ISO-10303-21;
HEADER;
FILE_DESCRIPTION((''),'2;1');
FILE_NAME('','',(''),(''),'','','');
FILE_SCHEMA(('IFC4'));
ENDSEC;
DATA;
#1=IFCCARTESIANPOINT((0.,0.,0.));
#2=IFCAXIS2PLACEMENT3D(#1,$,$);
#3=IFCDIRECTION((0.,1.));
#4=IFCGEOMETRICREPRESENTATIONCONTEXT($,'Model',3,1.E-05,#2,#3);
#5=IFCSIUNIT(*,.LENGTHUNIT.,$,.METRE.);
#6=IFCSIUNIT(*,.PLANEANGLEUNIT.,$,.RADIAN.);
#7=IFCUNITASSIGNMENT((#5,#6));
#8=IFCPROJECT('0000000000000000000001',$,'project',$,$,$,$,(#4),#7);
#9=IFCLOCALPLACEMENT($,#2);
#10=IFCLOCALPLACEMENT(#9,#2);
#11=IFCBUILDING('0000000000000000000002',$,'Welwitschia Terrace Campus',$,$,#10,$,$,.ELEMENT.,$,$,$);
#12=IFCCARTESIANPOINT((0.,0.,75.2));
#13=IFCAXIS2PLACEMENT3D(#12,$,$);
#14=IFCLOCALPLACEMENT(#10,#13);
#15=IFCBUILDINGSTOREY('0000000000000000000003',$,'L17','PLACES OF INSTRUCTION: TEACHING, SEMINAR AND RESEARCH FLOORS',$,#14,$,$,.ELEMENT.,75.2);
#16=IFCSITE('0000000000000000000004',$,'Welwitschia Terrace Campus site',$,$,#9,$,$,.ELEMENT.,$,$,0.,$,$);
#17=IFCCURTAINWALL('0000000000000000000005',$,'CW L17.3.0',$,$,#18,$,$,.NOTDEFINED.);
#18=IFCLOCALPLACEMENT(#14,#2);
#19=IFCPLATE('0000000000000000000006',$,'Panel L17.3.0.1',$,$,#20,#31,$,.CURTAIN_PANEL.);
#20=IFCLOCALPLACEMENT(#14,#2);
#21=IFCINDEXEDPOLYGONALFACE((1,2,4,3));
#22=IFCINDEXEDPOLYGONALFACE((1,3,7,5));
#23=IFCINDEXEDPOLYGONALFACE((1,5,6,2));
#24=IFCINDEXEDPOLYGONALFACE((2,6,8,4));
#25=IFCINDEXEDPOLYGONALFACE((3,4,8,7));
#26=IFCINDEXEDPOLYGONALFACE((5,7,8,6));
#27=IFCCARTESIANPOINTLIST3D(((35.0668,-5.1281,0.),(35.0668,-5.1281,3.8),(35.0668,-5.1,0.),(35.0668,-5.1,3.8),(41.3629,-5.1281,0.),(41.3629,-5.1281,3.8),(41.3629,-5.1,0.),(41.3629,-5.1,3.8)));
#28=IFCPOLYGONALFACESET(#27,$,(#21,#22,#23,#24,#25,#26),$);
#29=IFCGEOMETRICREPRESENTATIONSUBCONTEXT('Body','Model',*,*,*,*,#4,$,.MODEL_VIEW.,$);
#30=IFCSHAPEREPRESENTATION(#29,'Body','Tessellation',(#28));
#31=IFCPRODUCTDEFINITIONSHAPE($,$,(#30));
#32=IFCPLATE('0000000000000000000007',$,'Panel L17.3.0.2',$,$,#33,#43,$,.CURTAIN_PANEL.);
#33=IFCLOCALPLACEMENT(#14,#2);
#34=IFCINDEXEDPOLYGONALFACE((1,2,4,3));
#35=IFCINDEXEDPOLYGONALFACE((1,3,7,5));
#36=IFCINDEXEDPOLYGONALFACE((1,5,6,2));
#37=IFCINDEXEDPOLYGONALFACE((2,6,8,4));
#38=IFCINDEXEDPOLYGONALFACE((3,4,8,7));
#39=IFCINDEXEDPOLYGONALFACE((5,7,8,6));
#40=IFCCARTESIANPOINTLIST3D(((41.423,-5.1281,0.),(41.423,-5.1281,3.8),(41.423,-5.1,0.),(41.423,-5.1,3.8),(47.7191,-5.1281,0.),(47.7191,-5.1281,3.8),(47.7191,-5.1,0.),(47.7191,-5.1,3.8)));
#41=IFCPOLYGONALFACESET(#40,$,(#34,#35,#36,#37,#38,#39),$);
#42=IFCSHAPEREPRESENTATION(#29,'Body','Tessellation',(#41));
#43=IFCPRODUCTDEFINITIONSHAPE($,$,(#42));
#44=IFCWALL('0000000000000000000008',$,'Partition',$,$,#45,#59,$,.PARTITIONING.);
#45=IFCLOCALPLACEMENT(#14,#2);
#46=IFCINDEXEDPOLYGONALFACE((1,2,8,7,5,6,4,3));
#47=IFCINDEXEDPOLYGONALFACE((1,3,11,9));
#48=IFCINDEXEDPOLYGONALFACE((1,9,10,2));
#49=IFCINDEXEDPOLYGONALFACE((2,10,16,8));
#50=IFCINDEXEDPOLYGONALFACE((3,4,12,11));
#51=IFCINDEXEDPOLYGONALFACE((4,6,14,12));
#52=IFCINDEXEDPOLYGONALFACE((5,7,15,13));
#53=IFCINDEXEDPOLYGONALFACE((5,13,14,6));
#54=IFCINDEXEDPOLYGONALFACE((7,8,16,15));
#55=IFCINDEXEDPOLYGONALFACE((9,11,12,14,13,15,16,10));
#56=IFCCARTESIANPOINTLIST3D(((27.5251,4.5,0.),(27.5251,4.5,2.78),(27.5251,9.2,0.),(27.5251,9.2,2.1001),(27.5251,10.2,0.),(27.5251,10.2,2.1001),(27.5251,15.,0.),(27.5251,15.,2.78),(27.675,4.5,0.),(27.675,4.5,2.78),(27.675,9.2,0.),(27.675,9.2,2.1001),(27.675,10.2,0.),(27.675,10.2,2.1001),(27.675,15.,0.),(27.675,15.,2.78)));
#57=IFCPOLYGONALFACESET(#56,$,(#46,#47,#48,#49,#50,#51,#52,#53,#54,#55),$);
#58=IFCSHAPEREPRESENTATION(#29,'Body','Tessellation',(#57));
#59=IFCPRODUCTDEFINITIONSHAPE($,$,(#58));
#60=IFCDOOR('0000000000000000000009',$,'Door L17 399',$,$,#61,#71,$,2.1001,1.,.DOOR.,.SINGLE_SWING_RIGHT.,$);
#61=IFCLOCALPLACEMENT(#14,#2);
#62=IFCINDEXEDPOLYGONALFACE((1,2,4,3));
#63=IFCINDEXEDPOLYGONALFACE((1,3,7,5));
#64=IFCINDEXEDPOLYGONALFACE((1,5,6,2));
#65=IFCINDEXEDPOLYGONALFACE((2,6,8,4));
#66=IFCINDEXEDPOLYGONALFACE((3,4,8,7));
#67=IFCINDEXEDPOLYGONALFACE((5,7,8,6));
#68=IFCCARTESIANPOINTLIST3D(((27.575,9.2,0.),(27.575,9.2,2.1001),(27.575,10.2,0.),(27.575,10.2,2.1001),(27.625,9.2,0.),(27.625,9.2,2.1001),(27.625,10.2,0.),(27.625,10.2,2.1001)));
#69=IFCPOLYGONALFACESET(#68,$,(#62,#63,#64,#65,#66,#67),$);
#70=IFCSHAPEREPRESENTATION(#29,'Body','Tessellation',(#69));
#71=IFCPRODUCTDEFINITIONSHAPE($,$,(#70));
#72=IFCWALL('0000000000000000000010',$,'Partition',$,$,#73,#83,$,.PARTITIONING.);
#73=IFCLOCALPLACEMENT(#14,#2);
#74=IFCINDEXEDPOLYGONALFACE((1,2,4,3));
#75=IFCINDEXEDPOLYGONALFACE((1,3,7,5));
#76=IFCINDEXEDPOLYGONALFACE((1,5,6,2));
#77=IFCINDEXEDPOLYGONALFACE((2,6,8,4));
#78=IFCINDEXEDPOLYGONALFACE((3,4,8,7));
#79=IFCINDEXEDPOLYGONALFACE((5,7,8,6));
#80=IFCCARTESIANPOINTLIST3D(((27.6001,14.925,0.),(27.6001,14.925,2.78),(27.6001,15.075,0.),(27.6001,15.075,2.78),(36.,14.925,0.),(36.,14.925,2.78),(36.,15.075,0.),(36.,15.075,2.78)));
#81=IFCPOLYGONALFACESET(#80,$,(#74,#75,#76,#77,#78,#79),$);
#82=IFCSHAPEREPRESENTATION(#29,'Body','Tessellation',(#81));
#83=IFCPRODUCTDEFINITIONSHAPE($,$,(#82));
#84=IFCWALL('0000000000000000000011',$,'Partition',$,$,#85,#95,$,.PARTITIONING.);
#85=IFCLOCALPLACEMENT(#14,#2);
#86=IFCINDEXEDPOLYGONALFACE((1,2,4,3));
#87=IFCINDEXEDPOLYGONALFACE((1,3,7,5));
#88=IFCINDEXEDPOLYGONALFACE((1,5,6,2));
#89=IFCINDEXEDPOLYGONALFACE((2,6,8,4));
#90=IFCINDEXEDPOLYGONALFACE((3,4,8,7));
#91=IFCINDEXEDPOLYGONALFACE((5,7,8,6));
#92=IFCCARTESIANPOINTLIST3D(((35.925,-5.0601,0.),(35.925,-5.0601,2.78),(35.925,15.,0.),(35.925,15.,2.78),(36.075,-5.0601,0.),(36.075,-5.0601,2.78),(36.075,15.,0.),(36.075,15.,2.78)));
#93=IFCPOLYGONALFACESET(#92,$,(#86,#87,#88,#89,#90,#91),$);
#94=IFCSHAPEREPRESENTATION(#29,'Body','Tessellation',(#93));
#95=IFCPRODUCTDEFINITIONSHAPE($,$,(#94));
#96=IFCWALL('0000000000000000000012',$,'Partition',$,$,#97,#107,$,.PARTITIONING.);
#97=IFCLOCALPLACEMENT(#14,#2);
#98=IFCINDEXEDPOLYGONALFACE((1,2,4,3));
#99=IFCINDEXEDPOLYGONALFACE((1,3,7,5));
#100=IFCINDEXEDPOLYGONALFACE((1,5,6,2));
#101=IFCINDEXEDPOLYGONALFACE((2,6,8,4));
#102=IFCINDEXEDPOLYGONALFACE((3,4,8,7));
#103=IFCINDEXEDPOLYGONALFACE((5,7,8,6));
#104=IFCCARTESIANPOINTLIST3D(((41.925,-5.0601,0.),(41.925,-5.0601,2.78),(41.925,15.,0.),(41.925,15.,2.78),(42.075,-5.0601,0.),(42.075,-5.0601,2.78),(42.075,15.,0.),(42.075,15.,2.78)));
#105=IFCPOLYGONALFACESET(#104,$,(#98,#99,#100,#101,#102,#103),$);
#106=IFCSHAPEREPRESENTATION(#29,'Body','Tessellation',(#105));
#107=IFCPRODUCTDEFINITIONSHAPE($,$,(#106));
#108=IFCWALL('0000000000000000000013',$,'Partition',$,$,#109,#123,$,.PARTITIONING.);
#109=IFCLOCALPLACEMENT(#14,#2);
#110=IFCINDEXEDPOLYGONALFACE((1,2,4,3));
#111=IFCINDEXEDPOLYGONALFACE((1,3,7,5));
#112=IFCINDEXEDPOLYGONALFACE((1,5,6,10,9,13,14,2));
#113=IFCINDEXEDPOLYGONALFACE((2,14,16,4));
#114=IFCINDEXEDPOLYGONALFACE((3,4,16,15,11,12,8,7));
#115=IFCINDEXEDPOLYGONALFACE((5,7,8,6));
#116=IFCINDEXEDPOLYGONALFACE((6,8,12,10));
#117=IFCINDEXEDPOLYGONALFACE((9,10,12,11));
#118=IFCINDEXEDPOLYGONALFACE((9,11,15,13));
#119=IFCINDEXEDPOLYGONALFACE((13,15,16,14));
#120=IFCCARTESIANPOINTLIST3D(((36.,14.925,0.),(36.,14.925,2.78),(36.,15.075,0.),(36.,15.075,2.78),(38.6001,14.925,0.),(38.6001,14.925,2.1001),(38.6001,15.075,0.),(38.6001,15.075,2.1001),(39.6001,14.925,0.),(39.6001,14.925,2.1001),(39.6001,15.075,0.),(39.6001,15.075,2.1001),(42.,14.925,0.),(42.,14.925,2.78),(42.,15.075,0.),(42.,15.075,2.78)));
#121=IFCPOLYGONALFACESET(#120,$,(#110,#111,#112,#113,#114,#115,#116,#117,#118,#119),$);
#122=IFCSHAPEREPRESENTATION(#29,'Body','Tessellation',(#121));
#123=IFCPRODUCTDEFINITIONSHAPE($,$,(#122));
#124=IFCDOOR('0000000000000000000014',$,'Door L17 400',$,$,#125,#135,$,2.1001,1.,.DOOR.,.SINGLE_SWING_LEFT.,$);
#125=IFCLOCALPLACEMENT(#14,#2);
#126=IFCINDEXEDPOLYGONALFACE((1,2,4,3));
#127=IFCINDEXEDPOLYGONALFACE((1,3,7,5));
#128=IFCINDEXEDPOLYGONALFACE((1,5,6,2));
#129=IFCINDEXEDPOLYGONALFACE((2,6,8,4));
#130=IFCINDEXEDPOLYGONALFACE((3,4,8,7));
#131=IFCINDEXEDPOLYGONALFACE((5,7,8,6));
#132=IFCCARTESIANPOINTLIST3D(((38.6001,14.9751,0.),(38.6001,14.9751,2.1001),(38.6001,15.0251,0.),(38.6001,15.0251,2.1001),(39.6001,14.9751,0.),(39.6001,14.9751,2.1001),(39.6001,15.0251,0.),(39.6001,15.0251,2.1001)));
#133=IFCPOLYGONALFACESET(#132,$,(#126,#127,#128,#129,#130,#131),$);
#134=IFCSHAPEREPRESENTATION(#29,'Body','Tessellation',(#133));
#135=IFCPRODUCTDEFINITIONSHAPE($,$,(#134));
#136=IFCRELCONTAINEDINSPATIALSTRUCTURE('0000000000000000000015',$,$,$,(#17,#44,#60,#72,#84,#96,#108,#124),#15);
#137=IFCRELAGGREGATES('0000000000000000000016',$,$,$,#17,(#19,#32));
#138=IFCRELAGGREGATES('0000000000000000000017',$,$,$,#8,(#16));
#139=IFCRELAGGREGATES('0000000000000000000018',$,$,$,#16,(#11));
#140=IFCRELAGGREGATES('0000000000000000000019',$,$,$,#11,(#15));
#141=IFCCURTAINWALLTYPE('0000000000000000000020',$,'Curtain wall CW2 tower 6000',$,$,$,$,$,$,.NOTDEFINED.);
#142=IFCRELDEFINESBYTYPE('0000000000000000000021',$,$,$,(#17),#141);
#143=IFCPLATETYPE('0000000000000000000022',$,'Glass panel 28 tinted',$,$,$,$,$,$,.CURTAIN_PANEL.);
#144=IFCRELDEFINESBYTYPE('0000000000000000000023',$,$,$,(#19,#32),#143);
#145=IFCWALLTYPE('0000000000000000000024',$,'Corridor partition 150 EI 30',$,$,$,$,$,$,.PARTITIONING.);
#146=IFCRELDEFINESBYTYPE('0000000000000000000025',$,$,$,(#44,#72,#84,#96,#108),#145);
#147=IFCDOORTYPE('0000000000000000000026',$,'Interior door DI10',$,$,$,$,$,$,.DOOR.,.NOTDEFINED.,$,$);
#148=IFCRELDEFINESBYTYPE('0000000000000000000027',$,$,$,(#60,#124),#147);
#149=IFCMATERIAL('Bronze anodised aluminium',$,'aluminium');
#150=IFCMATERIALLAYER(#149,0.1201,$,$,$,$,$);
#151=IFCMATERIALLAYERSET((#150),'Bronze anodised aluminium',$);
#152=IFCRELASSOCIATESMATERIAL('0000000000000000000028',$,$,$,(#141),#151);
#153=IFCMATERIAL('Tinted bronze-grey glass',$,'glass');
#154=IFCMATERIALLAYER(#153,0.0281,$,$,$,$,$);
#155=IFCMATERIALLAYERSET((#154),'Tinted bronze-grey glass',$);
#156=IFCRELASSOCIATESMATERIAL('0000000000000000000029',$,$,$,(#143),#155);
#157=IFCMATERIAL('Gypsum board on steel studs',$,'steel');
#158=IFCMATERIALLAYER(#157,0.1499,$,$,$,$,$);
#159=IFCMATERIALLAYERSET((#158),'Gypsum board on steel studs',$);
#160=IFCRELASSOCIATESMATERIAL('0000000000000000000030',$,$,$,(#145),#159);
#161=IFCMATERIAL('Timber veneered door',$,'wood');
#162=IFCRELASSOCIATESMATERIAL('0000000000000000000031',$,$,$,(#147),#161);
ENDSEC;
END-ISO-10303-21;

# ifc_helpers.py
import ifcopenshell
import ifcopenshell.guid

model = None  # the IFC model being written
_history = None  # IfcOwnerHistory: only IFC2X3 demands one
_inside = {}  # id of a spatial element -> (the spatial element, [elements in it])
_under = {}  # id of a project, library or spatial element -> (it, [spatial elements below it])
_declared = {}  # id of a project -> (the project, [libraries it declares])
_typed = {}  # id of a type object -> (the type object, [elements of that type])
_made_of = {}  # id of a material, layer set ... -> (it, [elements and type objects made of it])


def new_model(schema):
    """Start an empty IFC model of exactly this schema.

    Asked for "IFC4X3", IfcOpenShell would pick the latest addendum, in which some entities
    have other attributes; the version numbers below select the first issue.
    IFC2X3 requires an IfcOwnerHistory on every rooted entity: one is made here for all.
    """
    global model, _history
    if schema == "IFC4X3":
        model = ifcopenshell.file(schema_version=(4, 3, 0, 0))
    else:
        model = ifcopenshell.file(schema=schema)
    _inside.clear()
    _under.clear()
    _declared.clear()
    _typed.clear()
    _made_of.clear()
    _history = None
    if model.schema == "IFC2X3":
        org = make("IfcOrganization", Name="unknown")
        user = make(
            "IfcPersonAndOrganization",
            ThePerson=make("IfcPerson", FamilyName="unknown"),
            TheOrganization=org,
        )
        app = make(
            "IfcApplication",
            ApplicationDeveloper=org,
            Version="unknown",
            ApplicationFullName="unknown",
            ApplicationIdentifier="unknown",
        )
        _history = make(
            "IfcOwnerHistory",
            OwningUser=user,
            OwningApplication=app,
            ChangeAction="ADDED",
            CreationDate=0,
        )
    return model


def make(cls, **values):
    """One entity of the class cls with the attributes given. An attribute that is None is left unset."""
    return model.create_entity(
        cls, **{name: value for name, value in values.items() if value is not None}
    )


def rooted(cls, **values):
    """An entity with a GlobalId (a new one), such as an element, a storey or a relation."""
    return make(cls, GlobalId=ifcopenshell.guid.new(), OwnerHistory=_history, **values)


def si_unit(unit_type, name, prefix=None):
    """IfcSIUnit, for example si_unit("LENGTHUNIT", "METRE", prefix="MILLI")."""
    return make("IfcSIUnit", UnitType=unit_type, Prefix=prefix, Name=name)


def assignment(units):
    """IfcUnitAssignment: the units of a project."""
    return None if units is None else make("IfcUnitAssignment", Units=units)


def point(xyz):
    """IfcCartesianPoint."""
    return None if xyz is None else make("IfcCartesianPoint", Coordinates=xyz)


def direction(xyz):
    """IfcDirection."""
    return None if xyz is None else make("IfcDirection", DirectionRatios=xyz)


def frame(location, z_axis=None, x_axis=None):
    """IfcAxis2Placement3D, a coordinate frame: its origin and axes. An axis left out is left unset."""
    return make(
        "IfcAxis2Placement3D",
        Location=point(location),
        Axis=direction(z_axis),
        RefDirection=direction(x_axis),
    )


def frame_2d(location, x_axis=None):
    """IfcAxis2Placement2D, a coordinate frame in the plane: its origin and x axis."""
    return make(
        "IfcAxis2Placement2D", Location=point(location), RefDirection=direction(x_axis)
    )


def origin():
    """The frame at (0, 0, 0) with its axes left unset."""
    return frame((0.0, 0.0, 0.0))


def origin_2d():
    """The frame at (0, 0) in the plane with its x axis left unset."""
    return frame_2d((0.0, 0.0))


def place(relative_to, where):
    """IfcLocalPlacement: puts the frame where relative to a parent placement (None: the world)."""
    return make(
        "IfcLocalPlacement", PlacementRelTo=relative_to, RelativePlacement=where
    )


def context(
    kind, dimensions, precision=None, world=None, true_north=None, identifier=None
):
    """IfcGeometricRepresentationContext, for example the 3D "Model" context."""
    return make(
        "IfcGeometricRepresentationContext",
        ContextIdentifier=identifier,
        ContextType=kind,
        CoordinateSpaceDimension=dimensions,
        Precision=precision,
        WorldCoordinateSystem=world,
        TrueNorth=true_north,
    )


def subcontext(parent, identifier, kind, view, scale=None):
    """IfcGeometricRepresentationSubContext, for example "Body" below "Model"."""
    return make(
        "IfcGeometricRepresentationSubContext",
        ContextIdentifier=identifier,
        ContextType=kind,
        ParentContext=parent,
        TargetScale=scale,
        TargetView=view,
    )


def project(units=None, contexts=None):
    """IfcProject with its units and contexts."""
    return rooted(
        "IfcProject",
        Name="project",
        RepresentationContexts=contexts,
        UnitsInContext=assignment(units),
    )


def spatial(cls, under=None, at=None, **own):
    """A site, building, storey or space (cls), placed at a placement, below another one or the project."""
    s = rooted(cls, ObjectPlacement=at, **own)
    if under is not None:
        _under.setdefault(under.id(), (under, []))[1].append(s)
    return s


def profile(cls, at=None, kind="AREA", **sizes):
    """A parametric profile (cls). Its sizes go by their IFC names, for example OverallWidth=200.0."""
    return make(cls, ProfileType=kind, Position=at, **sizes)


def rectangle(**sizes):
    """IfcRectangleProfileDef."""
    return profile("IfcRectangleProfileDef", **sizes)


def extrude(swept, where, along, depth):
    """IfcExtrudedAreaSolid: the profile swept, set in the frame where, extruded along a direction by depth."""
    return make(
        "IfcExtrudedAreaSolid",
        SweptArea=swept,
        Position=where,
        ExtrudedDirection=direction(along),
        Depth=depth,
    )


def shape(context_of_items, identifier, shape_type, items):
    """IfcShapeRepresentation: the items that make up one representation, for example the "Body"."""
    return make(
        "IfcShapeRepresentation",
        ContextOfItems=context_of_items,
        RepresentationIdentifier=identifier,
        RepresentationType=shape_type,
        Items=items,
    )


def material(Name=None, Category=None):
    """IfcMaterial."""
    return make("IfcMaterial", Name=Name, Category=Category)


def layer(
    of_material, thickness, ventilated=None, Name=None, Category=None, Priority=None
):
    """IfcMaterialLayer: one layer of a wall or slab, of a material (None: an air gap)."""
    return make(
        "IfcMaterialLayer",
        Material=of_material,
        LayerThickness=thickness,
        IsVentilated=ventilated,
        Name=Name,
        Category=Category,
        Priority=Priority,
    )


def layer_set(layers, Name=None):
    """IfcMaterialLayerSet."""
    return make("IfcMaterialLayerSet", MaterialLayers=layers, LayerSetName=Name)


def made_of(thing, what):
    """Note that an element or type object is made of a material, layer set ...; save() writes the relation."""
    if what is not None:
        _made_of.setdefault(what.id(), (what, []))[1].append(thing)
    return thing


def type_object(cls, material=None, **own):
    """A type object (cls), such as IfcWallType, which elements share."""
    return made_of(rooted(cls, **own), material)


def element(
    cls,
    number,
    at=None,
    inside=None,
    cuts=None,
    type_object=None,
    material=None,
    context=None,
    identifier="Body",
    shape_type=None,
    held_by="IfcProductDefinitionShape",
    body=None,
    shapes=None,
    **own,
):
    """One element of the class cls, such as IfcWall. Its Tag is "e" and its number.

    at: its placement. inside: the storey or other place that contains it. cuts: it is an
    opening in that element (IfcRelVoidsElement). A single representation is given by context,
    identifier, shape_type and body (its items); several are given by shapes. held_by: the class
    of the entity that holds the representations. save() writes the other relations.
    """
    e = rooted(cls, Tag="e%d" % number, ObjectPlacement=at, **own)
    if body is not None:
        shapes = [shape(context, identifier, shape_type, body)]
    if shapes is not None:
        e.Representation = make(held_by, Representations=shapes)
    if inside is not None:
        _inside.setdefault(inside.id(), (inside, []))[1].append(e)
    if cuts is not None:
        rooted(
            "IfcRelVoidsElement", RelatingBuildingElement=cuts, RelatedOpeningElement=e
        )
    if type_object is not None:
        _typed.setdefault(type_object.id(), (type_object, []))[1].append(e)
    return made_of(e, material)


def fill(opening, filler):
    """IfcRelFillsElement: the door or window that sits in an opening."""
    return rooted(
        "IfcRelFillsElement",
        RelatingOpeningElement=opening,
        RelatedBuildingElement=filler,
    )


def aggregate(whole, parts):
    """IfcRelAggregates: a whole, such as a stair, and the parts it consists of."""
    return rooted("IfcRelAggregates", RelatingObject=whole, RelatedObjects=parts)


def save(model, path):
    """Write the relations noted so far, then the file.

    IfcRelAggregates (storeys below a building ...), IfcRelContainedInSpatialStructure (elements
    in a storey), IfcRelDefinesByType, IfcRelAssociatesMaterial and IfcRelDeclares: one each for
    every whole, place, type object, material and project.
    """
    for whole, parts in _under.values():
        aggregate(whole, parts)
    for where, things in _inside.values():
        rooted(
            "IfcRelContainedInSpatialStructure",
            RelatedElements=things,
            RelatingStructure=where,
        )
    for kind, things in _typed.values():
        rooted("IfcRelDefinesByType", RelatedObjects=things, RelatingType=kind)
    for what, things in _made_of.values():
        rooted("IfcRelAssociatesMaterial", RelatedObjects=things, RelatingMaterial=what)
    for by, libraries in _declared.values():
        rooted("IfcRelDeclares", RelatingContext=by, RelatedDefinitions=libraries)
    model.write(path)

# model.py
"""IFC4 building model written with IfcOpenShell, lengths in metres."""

from ifc_helpers import new_model, si_unit, direction, frame, frame_2d, origin, origin_2d, place, context, subcontext, project, spatial, rectangle, extrude, material, layer, layer_set, type_object, element, fill, aggregate, save


model = new_model("IFC4")

# Units and contexts
model_context = context("Model", 3, precision=1e-05, world=origin(), true_north=direction((0.0, 1.0)))
body_context = subcontext(model_context, "Body", "Model", "MODEL_VIEW")
ifc_project = project(units=[si_unit("LENGTHUNIT", "METRE"), si_unit("PLANEANGLEUNIT", "RADIAN")], contexts=[model_context])

# Site, building, storey
site_placement = place(None, origin())
site = spatial("IfcSite", under=ifc_project, at=site_placement, Name="Welwitschia Terrace Campus site", CompositionType="ELEMENT", RefElevation=0.0)
building_placement = place(site_placement, origin())
building = spatial("IfcBuilding", under=site, at=building_placement, Name="Welwitschia Terrace Campus", CompositionType="ELEMENT")
storey_placement = place(building_placement, frame((0.0, 0.0, 75.2)))
storey = spatial("IfcBuildingStorey", under=building, at=storey_placement, Name="L17", Description="PLACES OF INSTRUCTION: TEACHING, SEMINAR AND RESEARCH FLOORS", CompositionType="ELEMENT", Elevation=75.2)

# Shared definitions
ifc_material_1 = material(Name="Bronze anodised aluminium", Category="aluminium")
ifc_layer_1 = layer(ifc_material_1, 0.1201)
ifc_layer_set_1 = layer_set([ifc_layer_1], Name="Bronze anodised aluminium")
curtain_wall_type = type_object("IfcCurtainWallType", Name="Curtain wall CW2 tower 6000", PredefinedType="NOTDEFINED", material=ifc_layer_set_1)

# Curtain wall
curtain_wall_1_placement = place(storey_placement, origin())
curtain_wall_1 = element("IfcCurtainWall", 1, at=curtain_wall_1_placement, inside=storey, type_object=curtain_wall_type, Name="CW L17.3.0", PredefinedType="NOTDEFINED")

# Plates
ifc_material_2 = material(Name="Tinted bronze-grey glass", Category="glass")
ifc_layer_2 = layer(ifc_material_2, 0.0281)
ifc_layer_set_2 = layer_set([ifc_layer_2], Name="Tinted bronze-grey glass")
plate_type = type_object("IfcPlateType", Name="Glass panel 28 tinted", PredefinedType="CURTAIN_PANEL", material=ifc_layer_set_2)
plate_1_placement = place(storey_placement, frame((38.2148, -5.114, 0.0), z_axis=(0.0, 0.0, 1.0), x_axis=(1.0, 0.0, 0.0)))
plate_1 = element("IfcPlate", 2, at=plate_1_placement, type_object=plate_type, Name="Panel L17.3.0.1", PredefinedType="CURTAIN_PANEL", context=body_context, shape_type="SweptSolid", body=[
    extrude(rectangle(XDim=6.2961, YDim=0.0281, at=origin_2d()), origin(), (0.0, 0.0, 1.0), 3.8),
])
plate_2_placement = place(storey_placement, frame((44.571, -5.114, 0.0), z_axis=(0.0, 0.0, 1.0), x_axis=(1.0, 0.0, 0.0)))
plate_2 = element("IfcPlate", 3, at=plate_2_placement, type_object=plate_type, Name="Panel L17.3.0.2", PredefinedType="CURTAIN_PANEL", context=body_context, shape_type="SweptSolid", body=[
    extrude(rectangle(XDim=6.2961, YDim=0.0281, at=origin_2d()), origin(), (0.0, 0.0, 1.0), 3.8),
])
aggregate(curtain_wall_1, [plate_1, plate_2])

# Wall, opening, door
ifc_material_3 = material(Name="Gypsum board on steel studs", Category="steel")
ifc_layer_3 = layer(ifc_material_3, 0.1499)
ifc_layer_set_3 = layer_set([ifc_layer_3], Name="Gypsum board on steel studs")
wall_type = type_object("IfcWallType", Name="Corridor partition 150 EI 30", PredefinedType="PARTITIONING", material=ifc_layer_set_3)
wall_1_placement = place(storey_placement, frame((27.6001, 15.0, 0.0), z_axis=(0.0, 0.0, 1.0), x_axis=(0.0, -1.0, 0.0)))
wall_1 = element("IfcWall", 4, at=wall_1_placement, inside=storey, type_object=wall_type, Name="Partition", PredefinedType="PARTITIONING", context=body_context, shape_type="SweptSolid", body=[
    extrude(rectangle(XDim=10.5, YDim=0.1499, at=frame_2d((5.25, 0.0))), origin(), (0.0, 0.0, 1.0), 2.78),
])
opening_1_placement = place(wall_1_placement, frame((4.8, 0.0, 0.0)))
opening_1 = element("IfcOpeningElement", 5, at=opening_1_placement, cuts=wall_1, PredefinedType="OPENING", context=body_context, shape_type="SweptSolid", body=[
    extrude(rectangle(XDim=1.0, YDim=2.1001, at=frame_2d((0.5, 1.05))), frame((0.0, 0.085, 0.0), z_axis=(0.0, -1.0, 0.0), x_axis=(1.0, 0.0, 0.0)), (0.0, 0.0, 1.0), 0.1699),
])
ifc_material_4 = material(Name="Timber veneered door", Category="wood")
door_type = type_object("IfcDoorType", Name="Interior door DI10", OperationType="NOTDEFINED", PredefinedType="DOOR", material=ifc_material_4)
door_1_placement = place(opening_1_placement, origin())
door_1 = element("IfcDoor", 6, at=door_1_placement, inside=storey, type_object=door_type, Name="Door L17 399", OperationType="SINGLE_SWING_RIGHT", OverallHeight=2.1001, OverallWidth=1.0, PredefinedType="DOOR", context=body_context, shape_type="SweptSolid", body=[
    extrude(rectangle(XDim=1.0, YDim=2.1001, at=frame_2d((0.5, 1.05))), frame((0.0, 0.0249, 0.0), z_axis=(0.0, -1.0, 0.0), x_axis=(1.0, 0.0, 0.0)), (0.0, 0.0, 1.0), 0.05),
])
fill(opening_1, door_1)

# Walls
wall_2_placement = place(storey_placement, frame((27.6001, 15.0, 0.0), z_axis=(0.0, 0.0, 1.0), x_axis=(1.0, 0.0, 0.0)))
element("IfcWall", 7, at=wall_2_placement, inside=storey, type_object=wall_type, Name="Partition", PredefinedType="PARTITIONING", context=body_context, shape_type="SweptSolid", body=[
    extrude(rectangle(XDim=8.3999, YDim=0.1499, at=frame_2d((4.2, 0.0))), origin(), (0.0, 0.0, 1.0), 2.78),
])
for number, where, z_axis, x_axis, name in (
    (8, (36.0, -5.0601, 0.0), (0.0, 0.0, 1.0), (0.0, 1.0, 0.0), "Partition"),
    (9, (42.0, -5.0601, 0.0), (0.0, 0.0, 1.0), (0.0, 1.0, 0.0), "Partition"),
):
    element("IfcWall", number, at=place(storey_placement, frame(where, z_axis=z_axis, x_axis=x_axis)), inside=storey, type_object=wall_type, Name=name, PredefinedType="PARTITIONING", context=body_context, shape_type="SweptSolid", body=[
        extrude(rectangle(XDim=20.0601, YDim=0.1499, at=frame_2d((10.03, 0.0))), origin(), (0.0, 0.0, 1.0), 2.78),
    ])

# Wall, opening, door
wall_3_placement = place(storey_placement, frame((42.0, 15.0, 0.0), z_axis=(0.0, 0.0, 1.0), x_axis=(-1.0, 0.0, 0.0)))
wall_3 = element("IfcWall", 10, at=wall_3_placement, inside=storey, type_object=wall_type, Name="Partition", PredefinedType="PARTITIONING", context=body_context, shape_type="SweptSolid", body=[
    extrude(rectangle(XDim=6.0, YDim=0.1499, at=frame_2d((3.0, 0.0))), origin(), (0.0, 0.0, 1.0), 2.78),
])
opening_2_placement = place(wall_3_placement, frame((2.3999, 0.0, 0.0)))
opening_2 = element("IfcOpeningElement", 11, at=opening_2_placement, cuts=wall_3, PredefinedType="OPENING", context=body_context, shape_type="SweptSolid", body=[
    extrude(rectangle(XDim=1.0, YDim=2.1001, at=frame_2d((0.5, 1.05))), frame((0.0, 0.085, 0.0), z_axis=(0.0, -1.0, 0.0), x_axis=(1.0, 0.0, 0.0)), (0.0, 0.0, 1.0), 0.1699),
])
door_2_placement = place(opening_2_placement, origin())
door_2 = element("IfcDoor", 12, at=door_2_placement, inside=storey, type_object=door_type, Name="Door L17 400", OperationType="SINGLE_SWING_LEFT", OverallHeight=2.1001, OverallWidth=1.0, PredefinedType="DOOR", context=body_context, shape_type="SweptSolid", body=[
    extrude(rectangle(XDim=1.0, YDim=2.1001, at=frame_2d((0.5, 1.05))), frame((0.0, 0.0249, 0.0), z_axis=(0.0, -1.0, 0.0), x_axis=(1.0, 0.0, 0.0)), (0.0, 0.0, 1.0), 0.05),
])
fill(opening_2, door_2)

save(model, "model.ifc")
